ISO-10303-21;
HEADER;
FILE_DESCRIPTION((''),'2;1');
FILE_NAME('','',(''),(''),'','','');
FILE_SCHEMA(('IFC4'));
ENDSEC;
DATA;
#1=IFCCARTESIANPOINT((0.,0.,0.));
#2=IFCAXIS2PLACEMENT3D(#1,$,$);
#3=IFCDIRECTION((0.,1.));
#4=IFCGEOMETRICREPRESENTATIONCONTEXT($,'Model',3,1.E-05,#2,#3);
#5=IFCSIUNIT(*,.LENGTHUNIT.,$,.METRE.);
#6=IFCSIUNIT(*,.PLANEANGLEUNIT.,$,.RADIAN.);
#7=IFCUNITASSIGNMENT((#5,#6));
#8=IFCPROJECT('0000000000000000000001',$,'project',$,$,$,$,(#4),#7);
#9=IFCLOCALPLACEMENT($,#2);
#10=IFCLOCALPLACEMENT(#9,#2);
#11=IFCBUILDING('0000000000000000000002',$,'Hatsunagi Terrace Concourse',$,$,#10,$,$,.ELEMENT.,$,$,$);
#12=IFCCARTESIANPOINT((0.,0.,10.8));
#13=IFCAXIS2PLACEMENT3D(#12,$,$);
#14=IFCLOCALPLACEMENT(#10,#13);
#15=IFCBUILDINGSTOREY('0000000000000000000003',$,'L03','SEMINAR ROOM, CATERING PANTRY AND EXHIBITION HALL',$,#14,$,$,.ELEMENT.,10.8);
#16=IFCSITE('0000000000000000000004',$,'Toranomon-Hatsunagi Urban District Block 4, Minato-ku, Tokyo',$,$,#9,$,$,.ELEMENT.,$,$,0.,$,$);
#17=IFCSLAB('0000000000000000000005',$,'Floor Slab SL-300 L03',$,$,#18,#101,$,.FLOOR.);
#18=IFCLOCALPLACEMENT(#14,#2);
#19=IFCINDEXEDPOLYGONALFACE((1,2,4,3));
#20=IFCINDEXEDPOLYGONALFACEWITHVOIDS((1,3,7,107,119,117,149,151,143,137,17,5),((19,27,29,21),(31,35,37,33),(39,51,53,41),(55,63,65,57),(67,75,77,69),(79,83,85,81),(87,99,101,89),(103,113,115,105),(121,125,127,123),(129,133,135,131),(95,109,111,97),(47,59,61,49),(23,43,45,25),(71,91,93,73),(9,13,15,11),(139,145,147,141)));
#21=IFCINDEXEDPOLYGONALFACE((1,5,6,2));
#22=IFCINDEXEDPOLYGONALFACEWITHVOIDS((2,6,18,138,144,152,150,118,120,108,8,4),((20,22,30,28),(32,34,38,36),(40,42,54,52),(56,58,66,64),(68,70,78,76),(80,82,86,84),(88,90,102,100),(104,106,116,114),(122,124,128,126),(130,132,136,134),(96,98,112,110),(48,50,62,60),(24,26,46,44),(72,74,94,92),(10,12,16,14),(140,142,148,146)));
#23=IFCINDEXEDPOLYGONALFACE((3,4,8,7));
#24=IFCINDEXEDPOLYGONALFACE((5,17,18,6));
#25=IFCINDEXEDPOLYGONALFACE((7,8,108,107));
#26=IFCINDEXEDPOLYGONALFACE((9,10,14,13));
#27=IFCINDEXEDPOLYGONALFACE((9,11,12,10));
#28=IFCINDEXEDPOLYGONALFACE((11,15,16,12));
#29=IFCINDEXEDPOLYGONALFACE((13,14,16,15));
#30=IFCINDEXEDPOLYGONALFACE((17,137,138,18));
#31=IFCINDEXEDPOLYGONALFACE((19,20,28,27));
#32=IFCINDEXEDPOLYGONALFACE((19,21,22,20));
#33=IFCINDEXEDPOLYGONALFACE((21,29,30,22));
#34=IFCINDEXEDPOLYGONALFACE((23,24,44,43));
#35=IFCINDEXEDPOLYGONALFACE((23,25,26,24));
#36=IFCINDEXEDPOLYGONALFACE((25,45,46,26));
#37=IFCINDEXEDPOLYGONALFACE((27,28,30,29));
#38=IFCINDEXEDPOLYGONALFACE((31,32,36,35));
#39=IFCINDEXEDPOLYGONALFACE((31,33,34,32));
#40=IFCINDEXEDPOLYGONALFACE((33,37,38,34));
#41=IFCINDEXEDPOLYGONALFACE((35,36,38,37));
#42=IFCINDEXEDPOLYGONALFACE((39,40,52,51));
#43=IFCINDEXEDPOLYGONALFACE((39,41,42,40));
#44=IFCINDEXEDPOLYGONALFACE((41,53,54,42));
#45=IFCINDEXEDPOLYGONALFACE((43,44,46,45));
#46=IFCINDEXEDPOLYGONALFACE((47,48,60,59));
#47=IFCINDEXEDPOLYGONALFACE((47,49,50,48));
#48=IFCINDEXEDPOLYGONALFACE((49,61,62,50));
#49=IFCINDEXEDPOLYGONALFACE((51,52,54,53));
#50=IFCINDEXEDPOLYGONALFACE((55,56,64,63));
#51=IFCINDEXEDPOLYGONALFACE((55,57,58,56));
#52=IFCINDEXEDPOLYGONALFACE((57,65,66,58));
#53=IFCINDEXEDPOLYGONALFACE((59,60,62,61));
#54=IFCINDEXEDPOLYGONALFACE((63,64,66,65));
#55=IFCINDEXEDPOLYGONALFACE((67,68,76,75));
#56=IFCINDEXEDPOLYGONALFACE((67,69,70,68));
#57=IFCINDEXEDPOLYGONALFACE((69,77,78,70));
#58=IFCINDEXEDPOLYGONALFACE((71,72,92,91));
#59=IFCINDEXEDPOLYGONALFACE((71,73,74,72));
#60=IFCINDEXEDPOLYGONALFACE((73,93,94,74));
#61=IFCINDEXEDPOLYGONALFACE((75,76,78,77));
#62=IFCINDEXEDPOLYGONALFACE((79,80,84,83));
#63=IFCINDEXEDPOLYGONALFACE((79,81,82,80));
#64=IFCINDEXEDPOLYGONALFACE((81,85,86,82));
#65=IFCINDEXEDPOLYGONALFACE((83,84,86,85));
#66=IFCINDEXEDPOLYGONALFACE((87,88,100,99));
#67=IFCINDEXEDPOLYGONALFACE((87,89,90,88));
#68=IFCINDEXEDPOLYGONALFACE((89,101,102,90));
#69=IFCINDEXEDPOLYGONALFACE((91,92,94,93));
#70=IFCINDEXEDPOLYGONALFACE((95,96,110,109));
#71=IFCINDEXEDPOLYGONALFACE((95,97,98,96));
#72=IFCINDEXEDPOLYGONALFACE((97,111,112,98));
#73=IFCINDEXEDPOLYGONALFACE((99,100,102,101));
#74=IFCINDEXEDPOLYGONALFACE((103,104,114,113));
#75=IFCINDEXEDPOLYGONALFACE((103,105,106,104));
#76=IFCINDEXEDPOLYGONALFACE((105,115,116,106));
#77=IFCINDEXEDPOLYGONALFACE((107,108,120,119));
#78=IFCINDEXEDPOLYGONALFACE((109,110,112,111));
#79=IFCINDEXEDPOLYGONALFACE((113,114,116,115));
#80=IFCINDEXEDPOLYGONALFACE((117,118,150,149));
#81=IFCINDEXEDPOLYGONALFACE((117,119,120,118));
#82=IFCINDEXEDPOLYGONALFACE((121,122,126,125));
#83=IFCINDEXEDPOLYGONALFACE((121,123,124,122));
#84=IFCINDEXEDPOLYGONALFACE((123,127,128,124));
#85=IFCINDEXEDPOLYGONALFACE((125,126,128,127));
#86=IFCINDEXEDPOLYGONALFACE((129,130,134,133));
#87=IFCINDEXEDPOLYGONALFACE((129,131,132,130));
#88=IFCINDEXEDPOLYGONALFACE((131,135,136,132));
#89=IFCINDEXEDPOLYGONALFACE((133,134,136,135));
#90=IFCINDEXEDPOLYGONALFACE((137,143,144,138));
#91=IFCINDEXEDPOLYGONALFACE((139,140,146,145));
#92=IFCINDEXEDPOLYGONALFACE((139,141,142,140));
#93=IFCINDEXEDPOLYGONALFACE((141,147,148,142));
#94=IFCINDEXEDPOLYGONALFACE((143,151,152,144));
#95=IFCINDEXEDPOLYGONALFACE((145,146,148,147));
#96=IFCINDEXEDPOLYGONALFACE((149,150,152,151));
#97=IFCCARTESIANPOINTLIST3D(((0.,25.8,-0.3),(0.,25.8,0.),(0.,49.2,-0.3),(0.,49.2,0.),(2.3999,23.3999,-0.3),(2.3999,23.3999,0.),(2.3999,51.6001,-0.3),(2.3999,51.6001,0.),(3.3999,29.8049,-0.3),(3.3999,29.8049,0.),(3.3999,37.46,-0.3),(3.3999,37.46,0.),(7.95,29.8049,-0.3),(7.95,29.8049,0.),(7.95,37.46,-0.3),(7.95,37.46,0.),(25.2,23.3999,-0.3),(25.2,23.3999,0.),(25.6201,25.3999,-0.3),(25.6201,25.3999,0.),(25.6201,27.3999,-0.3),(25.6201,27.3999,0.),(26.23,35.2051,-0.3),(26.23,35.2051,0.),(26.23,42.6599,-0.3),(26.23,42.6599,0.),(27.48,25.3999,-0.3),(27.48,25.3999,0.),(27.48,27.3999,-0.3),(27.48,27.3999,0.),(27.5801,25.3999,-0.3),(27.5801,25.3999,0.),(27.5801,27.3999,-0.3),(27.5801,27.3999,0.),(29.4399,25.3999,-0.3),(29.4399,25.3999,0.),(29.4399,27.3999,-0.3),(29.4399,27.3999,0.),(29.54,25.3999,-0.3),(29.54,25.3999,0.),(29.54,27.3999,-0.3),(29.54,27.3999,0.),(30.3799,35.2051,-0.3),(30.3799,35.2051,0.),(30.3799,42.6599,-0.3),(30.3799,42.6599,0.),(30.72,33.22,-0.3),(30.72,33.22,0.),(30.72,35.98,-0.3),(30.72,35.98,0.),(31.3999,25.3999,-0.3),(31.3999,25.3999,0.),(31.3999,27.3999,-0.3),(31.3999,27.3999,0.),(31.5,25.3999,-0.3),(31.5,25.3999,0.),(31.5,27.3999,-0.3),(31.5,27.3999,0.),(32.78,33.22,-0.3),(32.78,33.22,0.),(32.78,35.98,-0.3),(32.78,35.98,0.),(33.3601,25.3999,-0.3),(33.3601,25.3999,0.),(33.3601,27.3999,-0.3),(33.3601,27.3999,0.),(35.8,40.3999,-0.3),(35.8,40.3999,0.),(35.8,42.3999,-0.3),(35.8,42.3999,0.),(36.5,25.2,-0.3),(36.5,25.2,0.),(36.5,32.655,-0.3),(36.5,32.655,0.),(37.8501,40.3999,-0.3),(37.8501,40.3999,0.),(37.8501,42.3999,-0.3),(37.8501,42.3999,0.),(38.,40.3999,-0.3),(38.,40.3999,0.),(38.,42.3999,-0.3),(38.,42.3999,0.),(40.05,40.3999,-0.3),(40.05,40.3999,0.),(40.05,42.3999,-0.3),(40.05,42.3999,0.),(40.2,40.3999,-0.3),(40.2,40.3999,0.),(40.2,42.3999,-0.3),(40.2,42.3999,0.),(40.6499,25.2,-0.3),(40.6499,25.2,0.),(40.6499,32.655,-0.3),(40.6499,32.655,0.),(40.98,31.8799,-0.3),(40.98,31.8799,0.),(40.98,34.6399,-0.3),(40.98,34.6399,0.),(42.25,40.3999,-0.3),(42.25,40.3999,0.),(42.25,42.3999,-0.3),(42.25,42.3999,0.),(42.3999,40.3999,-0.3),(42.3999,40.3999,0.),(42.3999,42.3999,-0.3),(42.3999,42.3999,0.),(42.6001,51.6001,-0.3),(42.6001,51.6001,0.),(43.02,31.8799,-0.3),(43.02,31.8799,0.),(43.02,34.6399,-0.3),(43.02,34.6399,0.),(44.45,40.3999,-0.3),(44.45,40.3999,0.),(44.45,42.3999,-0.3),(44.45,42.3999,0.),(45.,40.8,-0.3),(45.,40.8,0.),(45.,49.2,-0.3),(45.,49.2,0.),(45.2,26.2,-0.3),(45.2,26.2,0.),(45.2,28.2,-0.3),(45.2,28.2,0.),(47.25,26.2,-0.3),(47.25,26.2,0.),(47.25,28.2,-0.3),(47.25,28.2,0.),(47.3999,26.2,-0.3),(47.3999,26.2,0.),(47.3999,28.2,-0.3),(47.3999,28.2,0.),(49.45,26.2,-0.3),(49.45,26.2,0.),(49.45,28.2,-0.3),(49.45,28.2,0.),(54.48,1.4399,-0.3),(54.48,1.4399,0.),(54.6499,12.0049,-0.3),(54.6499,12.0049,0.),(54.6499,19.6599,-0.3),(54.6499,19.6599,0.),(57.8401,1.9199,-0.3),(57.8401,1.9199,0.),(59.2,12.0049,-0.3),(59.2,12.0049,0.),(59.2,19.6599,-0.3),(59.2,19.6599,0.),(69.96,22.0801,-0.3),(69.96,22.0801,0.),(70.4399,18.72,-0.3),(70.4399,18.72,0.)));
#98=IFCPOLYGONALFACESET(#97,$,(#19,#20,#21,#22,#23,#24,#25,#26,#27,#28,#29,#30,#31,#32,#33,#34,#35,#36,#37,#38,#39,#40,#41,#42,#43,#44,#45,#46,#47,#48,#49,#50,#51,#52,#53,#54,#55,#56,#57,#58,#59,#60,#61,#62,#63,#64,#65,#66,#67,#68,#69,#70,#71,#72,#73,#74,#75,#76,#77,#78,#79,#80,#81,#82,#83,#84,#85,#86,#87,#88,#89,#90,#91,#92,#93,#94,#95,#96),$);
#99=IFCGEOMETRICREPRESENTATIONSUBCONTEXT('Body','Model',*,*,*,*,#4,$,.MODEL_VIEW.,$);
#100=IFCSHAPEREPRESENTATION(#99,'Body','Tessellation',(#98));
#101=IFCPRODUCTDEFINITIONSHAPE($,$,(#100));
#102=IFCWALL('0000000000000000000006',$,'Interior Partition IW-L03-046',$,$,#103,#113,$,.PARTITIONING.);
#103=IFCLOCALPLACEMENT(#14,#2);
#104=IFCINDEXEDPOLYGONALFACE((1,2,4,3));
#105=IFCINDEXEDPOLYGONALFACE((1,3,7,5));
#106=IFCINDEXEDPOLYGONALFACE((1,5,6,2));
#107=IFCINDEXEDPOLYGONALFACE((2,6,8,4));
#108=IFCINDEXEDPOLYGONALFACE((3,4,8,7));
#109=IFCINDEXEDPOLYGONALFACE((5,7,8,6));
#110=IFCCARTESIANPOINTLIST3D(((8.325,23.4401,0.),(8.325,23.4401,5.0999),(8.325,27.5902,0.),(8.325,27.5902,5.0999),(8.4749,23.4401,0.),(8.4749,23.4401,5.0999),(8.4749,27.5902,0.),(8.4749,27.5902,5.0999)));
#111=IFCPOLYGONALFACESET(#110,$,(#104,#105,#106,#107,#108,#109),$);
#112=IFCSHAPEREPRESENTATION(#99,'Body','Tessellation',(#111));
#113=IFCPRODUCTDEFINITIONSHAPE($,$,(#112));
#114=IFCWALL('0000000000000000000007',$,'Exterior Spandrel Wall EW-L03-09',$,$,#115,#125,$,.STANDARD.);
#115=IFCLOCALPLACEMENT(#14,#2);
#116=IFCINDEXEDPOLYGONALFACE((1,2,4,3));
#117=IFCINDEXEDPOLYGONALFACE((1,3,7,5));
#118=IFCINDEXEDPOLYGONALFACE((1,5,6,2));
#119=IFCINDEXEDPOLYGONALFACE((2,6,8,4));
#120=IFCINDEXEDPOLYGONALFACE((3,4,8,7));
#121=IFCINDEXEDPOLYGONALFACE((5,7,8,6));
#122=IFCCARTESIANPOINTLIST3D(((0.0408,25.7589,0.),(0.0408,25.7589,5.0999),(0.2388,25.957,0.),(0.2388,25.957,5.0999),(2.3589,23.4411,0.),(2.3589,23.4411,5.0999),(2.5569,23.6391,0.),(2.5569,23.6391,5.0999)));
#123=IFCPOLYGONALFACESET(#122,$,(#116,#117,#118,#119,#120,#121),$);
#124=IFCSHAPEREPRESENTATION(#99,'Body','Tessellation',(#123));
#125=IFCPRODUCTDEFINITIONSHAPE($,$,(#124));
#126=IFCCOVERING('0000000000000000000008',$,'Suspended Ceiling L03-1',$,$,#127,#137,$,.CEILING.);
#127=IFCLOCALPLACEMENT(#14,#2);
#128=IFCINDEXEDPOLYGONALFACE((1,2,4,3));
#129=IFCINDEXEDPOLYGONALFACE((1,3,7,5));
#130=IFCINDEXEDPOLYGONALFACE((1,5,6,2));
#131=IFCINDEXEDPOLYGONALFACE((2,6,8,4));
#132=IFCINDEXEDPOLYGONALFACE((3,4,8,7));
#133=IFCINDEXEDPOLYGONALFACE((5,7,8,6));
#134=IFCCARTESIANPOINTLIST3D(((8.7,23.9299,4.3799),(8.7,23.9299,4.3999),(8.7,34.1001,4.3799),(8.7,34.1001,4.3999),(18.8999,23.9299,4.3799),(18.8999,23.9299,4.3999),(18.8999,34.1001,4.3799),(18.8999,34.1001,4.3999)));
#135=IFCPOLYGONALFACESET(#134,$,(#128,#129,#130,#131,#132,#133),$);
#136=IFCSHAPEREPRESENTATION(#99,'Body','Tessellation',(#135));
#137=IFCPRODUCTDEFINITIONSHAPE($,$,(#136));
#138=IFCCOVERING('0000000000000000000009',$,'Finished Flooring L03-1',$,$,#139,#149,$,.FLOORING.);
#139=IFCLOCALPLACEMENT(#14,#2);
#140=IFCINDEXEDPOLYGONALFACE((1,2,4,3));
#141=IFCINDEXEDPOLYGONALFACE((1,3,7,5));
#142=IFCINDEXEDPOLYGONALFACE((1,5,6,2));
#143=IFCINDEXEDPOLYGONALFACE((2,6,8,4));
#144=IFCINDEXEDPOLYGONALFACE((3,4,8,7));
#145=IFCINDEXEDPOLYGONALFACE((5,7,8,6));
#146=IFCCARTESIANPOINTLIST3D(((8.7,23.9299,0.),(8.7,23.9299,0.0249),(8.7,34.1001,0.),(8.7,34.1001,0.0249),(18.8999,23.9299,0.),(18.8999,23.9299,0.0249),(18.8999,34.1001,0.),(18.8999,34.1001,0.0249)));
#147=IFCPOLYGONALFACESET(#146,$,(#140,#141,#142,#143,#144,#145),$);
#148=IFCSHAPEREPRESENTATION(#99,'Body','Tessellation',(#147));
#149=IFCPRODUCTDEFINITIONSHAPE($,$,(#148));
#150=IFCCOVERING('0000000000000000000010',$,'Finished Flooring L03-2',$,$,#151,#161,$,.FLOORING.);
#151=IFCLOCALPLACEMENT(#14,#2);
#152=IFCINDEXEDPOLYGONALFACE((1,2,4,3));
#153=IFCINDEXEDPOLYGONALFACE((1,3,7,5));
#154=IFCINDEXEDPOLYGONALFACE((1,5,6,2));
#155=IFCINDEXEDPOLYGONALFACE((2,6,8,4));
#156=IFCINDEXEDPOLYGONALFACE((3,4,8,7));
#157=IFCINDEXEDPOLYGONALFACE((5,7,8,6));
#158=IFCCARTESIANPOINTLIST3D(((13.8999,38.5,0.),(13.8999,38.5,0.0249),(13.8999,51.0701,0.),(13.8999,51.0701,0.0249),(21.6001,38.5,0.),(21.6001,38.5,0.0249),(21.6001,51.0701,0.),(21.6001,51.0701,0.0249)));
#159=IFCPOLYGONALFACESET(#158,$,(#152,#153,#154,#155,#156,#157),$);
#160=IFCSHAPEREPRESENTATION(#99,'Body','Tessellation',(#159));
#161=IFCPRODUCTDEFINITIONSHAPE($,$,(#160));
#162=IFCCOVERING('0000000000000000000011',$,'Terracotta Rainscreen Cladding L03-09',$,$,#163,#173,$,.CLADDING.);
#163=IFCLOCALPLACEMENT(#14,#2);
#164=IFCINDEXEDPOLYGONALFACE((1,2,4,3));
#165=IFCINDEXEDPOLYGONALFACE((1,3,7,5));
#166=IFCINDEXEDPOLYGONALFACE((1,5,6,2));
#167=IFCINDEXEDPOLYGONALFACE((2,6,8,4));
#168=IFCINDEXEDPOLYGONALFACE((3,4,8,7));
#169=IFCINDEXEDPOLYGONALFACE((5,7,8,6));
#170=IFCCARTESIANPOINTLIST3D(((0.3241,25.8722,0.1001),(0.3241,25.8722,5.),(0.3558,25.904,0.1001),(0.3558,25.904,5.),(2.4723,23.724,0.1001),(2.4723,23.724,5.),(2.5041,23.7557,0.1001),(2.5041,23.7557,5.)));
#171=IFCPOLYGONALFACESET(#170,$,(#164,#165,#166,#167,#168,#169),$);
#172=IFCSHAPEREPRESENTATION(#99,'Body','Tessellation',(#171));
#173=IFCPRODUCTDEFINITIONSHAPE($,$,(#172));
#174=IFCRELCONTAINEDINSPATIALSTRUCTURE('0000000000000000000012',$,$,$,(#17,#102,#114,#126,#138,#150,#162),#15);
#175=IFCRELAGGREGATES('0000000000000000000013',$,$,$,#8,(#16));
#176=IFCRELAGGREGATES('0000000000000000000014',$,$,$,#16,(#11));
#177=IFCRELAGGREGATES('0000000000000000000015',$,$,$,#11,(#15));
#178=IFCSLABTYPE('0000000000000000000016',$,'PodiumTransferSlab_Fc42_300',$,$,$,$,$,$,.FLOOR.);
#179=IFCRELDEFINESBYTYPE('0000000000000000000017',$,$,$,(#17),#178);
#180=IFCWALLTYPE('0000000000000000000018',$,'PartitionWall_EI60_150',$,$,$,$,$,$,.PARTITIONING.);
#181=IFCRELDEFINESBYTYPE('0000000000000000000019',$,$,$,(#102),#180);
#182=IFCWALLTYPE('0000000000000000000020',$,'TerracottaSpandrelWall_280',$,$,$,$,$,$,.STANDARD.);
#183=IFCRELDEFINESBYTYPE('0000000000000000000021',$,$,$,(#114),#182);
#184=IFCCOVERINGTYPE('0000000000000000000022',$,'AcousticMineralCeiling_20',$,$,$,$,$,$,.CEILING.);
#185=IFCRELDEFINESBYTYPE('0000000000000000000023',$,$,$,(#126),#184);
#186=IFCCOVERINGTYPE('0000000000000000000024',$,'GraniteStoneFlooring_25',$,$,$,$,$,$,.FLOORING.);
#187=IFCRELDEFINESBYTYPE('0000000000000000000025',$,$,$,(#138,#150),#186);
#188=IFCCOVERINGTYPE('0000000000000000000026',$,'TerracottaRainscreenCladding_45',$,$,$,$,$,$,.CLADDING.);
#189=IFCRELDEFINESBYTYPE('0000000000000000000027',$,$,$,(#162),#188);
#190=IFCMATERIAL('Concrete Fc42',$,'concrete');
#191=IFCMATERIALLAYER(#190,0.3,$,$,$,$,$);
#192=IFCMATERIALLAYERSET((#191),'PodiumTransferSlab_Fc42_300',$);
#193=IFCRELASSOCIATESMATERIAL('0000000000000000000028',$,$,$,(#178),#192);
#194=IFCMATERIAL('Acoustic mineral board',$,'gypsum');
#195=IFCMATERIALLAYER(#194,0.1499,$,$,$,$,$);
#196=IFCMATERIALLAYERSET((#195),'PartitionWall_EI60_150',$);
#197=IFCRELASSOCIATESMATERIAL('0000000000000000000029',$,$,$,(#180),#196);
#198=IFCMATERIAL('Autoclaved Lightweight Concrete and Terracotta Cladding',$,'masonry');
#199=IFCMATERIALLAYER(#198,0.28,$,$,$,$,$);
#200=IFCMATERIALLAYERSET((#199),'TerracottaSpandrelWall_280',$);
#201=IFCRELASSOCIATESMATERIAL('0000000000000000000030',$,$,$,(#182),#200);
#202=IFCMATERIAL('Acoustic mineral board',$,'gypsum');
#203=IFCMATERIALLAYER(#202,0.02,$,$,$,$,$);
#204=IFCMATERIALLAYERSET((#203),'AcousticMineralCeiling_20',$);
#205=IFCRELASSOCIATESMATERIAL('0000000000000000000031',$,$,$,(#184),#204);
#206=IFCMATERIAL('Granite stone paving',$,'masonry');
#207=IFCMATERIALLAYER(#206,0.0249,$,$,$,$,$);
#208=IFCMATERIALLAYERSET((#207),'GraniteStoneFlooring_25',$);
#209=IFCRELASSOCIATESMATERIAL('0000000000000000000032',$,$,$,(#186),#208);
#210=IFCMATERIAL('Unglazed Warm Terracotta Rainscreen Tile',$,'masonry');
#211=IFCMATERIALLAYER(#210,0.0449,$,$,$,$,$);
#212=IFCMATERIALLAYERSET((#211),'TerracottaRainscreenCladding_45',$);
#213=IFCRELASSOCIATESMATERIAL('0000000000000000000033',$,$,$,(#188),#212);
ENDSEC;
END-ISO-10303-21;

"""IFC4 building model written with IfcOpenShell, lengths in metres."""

from ifc_helpers import new_model, si_unit, direction, frame, frame_2d, origin, origin_2d, place, context, subcontext, project, spatial, polyline, rectangle, outline, extrude, material, layer, layer_set, type_object, element, save


model = new_model("IFC4")

# Units and contexts
model_context = context("Model", 3, precision=1e-05, world=origin(), true_north=direction((0.0, 1.0)))
body_context = subcontext(model_context, "Body", "Model", "MODEL_VIEW")
ifc_project = project(units=[si_unit("LENGTHUNIT", "METRE"), si_unit("PLANEANGLEUNIT", "RADIAN")], contexts=[model_context])

# Site, building, storey
site_placement = place(None, origin())
site = spatial("IfcSite", under=ifc_project, at=site_placement, Name="Toranomon-Hatsunagi Urban District Block 4, Minato-ku, Tokyo", CompositionType="ELEMENT", RefElevation=0.0)
building_placement = place(site_placement, origin())
building = spatial("IfcBuilding", under=site, at=building_placement, Name="Hatsunagi Terrace Concourse", CompositionType="ELEMENT")
storey_placement = place(building_placement, frame((0.0, 0.0, 10.8)))
storey = spatial("IfcBuildingStorey", under=building, at=storey_placement, Name="L03", Description="SEMINAR ROOM, CATERING PANTRY AND EXHIBITION HALL", CompositionType="ELEMENT", Elevation=10.8)

# Slab
ifc_material_1 = material(Name="Concrete Fc42", Category="concrete")
ifc_layer_1 = layer(ifc_material_1, 0.3)
ifc_layer_set_1 = layer_set([ifc_layer_1], Name="PodiumTransferSlab_Fc42_300")
slab_type_1 = type_object("IfcSlabType", Name="PodiumTransferSlab_Fc42_300", PredefinedType="FLOOR", material=ifc_layer_set_1)
slab_1_placement = place(storey_placement, frame((0.0, 0.0, -0.3)))
element("IfcSlab", 1, at=slab_1_placement, inside=storey, type_object=slab_type_1, Name="Floor Slab SL-300 L03", PredefinedType="FLOOR", context=body_context, shape_type="SweptSolid", body=[
    extrude(outline(polyline([(45.0, 40.8), (45.0, 49.2), (42.6001, 51.6001), (2.3999, 51.6001), (0.0, 49.2), (0.0, 25.8), (2.3999, 23.3999), (25.2, 23.3999), (54.48, 1.4399), (57.8401, 1.9199), (70.4399, 18.72), (69.96, 22.0801), (45.0, 40.8)]), holes=[polyline([(26.23, 35.2051), (30.3799, 35.2051), (30.3799, 42.6599), (26.23, 42.6599), (26.23, 35.2051)]), polyline([(36.5, 25.2), (40.6499, 25.2), (40.6499, 32.655), (36.5, 32.655), (36.5, 25.2)]), polyline([(3.3999, 29.8049), (7.95, 29.8049), (7.95, 37.46), (3.3999, 37.46), (3.3999, 29.8049)]), polyline([(54.6499, 12.0049), (59.2, 12.0049), (59.2, 19.6599), (54.6499, 19.6599), (54.6499, 12.0049)]), polyline([(30.72, 33.22), (32.78, 33.22), (32.78, 35.98), (30.72, 35.98), (30.72, 33.22)]), polyline([(40.98, 31.8799), (43.02, 31.8799), (43.02, 34.6399), (40.98, 34.6399), (40.98, 31.8799)]), polyline([(25.6201, 25.3999), (27.48, 25.3999), (27.48, 27.3999), (25.6201, 27.3999), (25.6201, 25.3999)]), polyline([(27.5801, 25.3999), (29.4399, 25.3999), (29.4399, 27.3999), (27.5801, 27.3999), (27.5801, 25.3999)]), polyline([(29.54, 25.3999), (31.3999, 25.3999), (31.3999, 27.3999), (29.54, 27.3999), (29.54, 25.3999)]), polyline([(31.5, 25.3999), (33.3601, 25.3999), (33.3601, 27.3999), (31.5, 27.3999), (31.5, 25.3999)]), polyline([(35.8, 40.3999), (37.8501, 40.3999), (37.8501, 42.3999), (35.8, 42.3999), (35.8, 40.3999)]), polyline([(38.0, 40.3999), (40.05, 40.3999), (40.05, 42.3999), (38.0, 42.3999), (38.0, 40.3999)]), polyline([(40.2, 40.3999), (42.25, 40.3999), (42.25, 42.3999), (40.2, 42.3999), (40.2, 40.3999)]), polyline([(42.3999, 40.3999), (44.45, 40.3999), (44.45, 42.3999), (42.3999, 42.3999), (42.3999, 40.3999)]), polyline([(45.2, 26.2), (47.25, 26.2), (47.25, 28.2), (45.2, 28.2), (45.2, 26.2)]), polyline([(47.3999, 26.2), (49.45, 26.2), (49.45, 28.2), (47.3999, 28.2), (47.3999, 26.2)])]), origin(), (0.0, 0.0, 1.0), 0.3),
])

# Walls
ifc_material_2 = material(Name="Acoustic mineral board", Category="gypsum")
ifc_layer_2 = layer(ifc_material_2, 0.1499)
ifc_layer_set_2 = layer_set([ifc_layer_2], Name="PartitionWall_EI60_150")
wall_type_1 = type_object("IfcWallType", Name="PartitionWall_EI60_150", PredefinedType="PARTITIONING", material=ifc_layer_set_2)
wall_1_placement = place(storey_placement, frame((8.3999, 23.4399, 0.0), z_axis=(0.0, 0.0, 1.0), x_axis=(0.0, 1.0, 0.0)))
element("IfcWall", 2, at=wall_1_placement, inside=storey, type_object=wall_type_1, Name="Interior Partition IW-L03-046", PredefinedType="PARTITIONING", context=body_context, shape_type="SweptSolid", body=[
    extrude(rectangle(XDim=4.1501, YDim=0.1499, at=frame_2d((2.0752, 0.0))), origin(), (0.0, 0.0, 1.0), 5.0999),
])
ifc_material_3 = material(Name="Autoclaved Lightweight Concrete and Terracotta Cladding", Category="masonry")
ifc_layer_3 = layer(ifc_material_3, 0.28)
ifc_layer_set_3 = layer_set([ifc_layer_3], Name="TerracottaSpandrelWall_280")
wall_type_2 = type_object("IfcWallType", Name="TerracottaSpandrelWall_280", PredefinedType="STANDARD", material=ifc_layer_set_3)
wall_2_placement = place(storey_placement, frame((2.458, 23.54, 0.0), z_axis=(0.0, 0.0, 1.0), x_axis=(-0.707144, 0.70707, 0.0)))
element("IfcWall", 3, at=wall_2_placement, inside=storey, type_object=wall_type_2, Name="Exterior Spandrel Wall EW-L03-09", PredefinedType="STANDARD", context=body_context, shape_type="SweptSolid", body=[
    extrude(rectangle(XDim=3.2781, YDim=0.28, at=frame_2d((1.6392, 0.0))), origin(), (0.0, 0.0, 1.0), 5.0999),
])

# Coverings
ifc_material_4 = material(Name="Acoustic mineral board", Category="gypsum")
ifc_layer_4 = layer(ifc_material_4, 0.02)
ifc_layer_set_4 = layer_set([ifc_layer_4], Name="AcousticMineralCeiling_20")
covering_type_1 = type_object("IfcCoveringType", Name="AcousticMineralCeiling_20", PredefinedType="CEILING", material=ifc_layer_set_4)
covering_1_placement = place(storey_placement, frame((0.0, 0.0, 4.3799)))
element("IfcCovering", 4, at=covering_1_placement, inside=storey, type_object=covering_type_1, Name="Suspended Ceiling L03-1", PredefinedType="CEILING", context=body_context, shape_type="SweptSolid", body=[
    extrude(outline(polyline([(8.7, 23.9299), (18.8999, 23.9299), (18.8999, 34.1001), (8.7, 34.1001), (8.7, 23.9299)])), origin(), (0.0, 0.0, 1.0), 0.02),
])
ifc_material_5 = material(Name="Granite stone paving", Category="masonry")
ifc_layer_5 = layer(ifc_material_5, 0.0249)
ifc_layer_set_5 = layer_set([ifc_layer_5], Name="GraniteStoneFlooring_25")
covering_type_2 = type_object("IfcCoveringType", Name="GraniteStoneFlooring_25", PredefinedType="FLOORING", material=ifc_layer_set_5)
covering_2_placement = place(storey_placement, origin())
element("IfcCovering", 5, at=covering_2_placement, inside=storey, type_object=covering_type_2, Name="Finished Flooring L03-1", PredefinedType="FLOORING", context=body_context, shape_type="SweptSolid", body=[
    extrude(outline(polyline([(8.7, 23.9299), (18.8999, 23.9299), (18.8999, 34.1001), (8.7, 34.1001), (8.7, 23.9299)])), origin(), (0.0, 0.0, 1.0), 0.0249),
])
covering_3_placement = place(storey_placement, origin())
element("IfcCovering", 6, at=covering_3_placement, inside=storey, type_object=covering_type_2, Name="Finished Flooring L03-2", PredefinedType="FLOORING", context=body_context, shape_type="SweptSolid", body=[
    extrude(outline(polyline([(21.6001, 51.0701), (13.8999, 51.0701), (13.8999, 38.5), (21.6001, 38.5), (21.6001, 51.0701)])), origin(), (0.0, 0.0, 1.0), 0.0249),
])
ifc_material_6 = material(Name="Unglazed Warm Terracotta Rainscreen Tile", Category="masonry")
ifc_layer_6 = layer(ifc_material_6, 0.0449)
ifc_layer_set_6 = layer_set([ifc_layer_6], Name="TerracottaRainscreenCladding_45")
covering_type_3 = type_object("IfcCoveringType", Name="TerracottaRainscreenCladding_45", PredefinedType="CLADDING", material=ifc_layer_set_6)
covering_4_placement = place(storey_placement, frame((1.4141, 24.814, 0.1001), z_axis=(0.0, 0.0, 1.0), x_axis=(-0.707107, 0.707107, 0.0)))
element("IfcCovering", 7, at=covering_4_placement, inside=storey, type_object=covering_type_3, Name="Terracotta Rainscreen Cladding L03-09", PredefinedType="CLADDING", context=body_context, shape_type="SweptSolid", body=[
    extrude(rectangle(XDim=3.0381, YDim=0.0449, at=origin_2d()), origin(), (0.0, 0.0, 1.0), 4.8999),
])

save(model, "model.ifc")
